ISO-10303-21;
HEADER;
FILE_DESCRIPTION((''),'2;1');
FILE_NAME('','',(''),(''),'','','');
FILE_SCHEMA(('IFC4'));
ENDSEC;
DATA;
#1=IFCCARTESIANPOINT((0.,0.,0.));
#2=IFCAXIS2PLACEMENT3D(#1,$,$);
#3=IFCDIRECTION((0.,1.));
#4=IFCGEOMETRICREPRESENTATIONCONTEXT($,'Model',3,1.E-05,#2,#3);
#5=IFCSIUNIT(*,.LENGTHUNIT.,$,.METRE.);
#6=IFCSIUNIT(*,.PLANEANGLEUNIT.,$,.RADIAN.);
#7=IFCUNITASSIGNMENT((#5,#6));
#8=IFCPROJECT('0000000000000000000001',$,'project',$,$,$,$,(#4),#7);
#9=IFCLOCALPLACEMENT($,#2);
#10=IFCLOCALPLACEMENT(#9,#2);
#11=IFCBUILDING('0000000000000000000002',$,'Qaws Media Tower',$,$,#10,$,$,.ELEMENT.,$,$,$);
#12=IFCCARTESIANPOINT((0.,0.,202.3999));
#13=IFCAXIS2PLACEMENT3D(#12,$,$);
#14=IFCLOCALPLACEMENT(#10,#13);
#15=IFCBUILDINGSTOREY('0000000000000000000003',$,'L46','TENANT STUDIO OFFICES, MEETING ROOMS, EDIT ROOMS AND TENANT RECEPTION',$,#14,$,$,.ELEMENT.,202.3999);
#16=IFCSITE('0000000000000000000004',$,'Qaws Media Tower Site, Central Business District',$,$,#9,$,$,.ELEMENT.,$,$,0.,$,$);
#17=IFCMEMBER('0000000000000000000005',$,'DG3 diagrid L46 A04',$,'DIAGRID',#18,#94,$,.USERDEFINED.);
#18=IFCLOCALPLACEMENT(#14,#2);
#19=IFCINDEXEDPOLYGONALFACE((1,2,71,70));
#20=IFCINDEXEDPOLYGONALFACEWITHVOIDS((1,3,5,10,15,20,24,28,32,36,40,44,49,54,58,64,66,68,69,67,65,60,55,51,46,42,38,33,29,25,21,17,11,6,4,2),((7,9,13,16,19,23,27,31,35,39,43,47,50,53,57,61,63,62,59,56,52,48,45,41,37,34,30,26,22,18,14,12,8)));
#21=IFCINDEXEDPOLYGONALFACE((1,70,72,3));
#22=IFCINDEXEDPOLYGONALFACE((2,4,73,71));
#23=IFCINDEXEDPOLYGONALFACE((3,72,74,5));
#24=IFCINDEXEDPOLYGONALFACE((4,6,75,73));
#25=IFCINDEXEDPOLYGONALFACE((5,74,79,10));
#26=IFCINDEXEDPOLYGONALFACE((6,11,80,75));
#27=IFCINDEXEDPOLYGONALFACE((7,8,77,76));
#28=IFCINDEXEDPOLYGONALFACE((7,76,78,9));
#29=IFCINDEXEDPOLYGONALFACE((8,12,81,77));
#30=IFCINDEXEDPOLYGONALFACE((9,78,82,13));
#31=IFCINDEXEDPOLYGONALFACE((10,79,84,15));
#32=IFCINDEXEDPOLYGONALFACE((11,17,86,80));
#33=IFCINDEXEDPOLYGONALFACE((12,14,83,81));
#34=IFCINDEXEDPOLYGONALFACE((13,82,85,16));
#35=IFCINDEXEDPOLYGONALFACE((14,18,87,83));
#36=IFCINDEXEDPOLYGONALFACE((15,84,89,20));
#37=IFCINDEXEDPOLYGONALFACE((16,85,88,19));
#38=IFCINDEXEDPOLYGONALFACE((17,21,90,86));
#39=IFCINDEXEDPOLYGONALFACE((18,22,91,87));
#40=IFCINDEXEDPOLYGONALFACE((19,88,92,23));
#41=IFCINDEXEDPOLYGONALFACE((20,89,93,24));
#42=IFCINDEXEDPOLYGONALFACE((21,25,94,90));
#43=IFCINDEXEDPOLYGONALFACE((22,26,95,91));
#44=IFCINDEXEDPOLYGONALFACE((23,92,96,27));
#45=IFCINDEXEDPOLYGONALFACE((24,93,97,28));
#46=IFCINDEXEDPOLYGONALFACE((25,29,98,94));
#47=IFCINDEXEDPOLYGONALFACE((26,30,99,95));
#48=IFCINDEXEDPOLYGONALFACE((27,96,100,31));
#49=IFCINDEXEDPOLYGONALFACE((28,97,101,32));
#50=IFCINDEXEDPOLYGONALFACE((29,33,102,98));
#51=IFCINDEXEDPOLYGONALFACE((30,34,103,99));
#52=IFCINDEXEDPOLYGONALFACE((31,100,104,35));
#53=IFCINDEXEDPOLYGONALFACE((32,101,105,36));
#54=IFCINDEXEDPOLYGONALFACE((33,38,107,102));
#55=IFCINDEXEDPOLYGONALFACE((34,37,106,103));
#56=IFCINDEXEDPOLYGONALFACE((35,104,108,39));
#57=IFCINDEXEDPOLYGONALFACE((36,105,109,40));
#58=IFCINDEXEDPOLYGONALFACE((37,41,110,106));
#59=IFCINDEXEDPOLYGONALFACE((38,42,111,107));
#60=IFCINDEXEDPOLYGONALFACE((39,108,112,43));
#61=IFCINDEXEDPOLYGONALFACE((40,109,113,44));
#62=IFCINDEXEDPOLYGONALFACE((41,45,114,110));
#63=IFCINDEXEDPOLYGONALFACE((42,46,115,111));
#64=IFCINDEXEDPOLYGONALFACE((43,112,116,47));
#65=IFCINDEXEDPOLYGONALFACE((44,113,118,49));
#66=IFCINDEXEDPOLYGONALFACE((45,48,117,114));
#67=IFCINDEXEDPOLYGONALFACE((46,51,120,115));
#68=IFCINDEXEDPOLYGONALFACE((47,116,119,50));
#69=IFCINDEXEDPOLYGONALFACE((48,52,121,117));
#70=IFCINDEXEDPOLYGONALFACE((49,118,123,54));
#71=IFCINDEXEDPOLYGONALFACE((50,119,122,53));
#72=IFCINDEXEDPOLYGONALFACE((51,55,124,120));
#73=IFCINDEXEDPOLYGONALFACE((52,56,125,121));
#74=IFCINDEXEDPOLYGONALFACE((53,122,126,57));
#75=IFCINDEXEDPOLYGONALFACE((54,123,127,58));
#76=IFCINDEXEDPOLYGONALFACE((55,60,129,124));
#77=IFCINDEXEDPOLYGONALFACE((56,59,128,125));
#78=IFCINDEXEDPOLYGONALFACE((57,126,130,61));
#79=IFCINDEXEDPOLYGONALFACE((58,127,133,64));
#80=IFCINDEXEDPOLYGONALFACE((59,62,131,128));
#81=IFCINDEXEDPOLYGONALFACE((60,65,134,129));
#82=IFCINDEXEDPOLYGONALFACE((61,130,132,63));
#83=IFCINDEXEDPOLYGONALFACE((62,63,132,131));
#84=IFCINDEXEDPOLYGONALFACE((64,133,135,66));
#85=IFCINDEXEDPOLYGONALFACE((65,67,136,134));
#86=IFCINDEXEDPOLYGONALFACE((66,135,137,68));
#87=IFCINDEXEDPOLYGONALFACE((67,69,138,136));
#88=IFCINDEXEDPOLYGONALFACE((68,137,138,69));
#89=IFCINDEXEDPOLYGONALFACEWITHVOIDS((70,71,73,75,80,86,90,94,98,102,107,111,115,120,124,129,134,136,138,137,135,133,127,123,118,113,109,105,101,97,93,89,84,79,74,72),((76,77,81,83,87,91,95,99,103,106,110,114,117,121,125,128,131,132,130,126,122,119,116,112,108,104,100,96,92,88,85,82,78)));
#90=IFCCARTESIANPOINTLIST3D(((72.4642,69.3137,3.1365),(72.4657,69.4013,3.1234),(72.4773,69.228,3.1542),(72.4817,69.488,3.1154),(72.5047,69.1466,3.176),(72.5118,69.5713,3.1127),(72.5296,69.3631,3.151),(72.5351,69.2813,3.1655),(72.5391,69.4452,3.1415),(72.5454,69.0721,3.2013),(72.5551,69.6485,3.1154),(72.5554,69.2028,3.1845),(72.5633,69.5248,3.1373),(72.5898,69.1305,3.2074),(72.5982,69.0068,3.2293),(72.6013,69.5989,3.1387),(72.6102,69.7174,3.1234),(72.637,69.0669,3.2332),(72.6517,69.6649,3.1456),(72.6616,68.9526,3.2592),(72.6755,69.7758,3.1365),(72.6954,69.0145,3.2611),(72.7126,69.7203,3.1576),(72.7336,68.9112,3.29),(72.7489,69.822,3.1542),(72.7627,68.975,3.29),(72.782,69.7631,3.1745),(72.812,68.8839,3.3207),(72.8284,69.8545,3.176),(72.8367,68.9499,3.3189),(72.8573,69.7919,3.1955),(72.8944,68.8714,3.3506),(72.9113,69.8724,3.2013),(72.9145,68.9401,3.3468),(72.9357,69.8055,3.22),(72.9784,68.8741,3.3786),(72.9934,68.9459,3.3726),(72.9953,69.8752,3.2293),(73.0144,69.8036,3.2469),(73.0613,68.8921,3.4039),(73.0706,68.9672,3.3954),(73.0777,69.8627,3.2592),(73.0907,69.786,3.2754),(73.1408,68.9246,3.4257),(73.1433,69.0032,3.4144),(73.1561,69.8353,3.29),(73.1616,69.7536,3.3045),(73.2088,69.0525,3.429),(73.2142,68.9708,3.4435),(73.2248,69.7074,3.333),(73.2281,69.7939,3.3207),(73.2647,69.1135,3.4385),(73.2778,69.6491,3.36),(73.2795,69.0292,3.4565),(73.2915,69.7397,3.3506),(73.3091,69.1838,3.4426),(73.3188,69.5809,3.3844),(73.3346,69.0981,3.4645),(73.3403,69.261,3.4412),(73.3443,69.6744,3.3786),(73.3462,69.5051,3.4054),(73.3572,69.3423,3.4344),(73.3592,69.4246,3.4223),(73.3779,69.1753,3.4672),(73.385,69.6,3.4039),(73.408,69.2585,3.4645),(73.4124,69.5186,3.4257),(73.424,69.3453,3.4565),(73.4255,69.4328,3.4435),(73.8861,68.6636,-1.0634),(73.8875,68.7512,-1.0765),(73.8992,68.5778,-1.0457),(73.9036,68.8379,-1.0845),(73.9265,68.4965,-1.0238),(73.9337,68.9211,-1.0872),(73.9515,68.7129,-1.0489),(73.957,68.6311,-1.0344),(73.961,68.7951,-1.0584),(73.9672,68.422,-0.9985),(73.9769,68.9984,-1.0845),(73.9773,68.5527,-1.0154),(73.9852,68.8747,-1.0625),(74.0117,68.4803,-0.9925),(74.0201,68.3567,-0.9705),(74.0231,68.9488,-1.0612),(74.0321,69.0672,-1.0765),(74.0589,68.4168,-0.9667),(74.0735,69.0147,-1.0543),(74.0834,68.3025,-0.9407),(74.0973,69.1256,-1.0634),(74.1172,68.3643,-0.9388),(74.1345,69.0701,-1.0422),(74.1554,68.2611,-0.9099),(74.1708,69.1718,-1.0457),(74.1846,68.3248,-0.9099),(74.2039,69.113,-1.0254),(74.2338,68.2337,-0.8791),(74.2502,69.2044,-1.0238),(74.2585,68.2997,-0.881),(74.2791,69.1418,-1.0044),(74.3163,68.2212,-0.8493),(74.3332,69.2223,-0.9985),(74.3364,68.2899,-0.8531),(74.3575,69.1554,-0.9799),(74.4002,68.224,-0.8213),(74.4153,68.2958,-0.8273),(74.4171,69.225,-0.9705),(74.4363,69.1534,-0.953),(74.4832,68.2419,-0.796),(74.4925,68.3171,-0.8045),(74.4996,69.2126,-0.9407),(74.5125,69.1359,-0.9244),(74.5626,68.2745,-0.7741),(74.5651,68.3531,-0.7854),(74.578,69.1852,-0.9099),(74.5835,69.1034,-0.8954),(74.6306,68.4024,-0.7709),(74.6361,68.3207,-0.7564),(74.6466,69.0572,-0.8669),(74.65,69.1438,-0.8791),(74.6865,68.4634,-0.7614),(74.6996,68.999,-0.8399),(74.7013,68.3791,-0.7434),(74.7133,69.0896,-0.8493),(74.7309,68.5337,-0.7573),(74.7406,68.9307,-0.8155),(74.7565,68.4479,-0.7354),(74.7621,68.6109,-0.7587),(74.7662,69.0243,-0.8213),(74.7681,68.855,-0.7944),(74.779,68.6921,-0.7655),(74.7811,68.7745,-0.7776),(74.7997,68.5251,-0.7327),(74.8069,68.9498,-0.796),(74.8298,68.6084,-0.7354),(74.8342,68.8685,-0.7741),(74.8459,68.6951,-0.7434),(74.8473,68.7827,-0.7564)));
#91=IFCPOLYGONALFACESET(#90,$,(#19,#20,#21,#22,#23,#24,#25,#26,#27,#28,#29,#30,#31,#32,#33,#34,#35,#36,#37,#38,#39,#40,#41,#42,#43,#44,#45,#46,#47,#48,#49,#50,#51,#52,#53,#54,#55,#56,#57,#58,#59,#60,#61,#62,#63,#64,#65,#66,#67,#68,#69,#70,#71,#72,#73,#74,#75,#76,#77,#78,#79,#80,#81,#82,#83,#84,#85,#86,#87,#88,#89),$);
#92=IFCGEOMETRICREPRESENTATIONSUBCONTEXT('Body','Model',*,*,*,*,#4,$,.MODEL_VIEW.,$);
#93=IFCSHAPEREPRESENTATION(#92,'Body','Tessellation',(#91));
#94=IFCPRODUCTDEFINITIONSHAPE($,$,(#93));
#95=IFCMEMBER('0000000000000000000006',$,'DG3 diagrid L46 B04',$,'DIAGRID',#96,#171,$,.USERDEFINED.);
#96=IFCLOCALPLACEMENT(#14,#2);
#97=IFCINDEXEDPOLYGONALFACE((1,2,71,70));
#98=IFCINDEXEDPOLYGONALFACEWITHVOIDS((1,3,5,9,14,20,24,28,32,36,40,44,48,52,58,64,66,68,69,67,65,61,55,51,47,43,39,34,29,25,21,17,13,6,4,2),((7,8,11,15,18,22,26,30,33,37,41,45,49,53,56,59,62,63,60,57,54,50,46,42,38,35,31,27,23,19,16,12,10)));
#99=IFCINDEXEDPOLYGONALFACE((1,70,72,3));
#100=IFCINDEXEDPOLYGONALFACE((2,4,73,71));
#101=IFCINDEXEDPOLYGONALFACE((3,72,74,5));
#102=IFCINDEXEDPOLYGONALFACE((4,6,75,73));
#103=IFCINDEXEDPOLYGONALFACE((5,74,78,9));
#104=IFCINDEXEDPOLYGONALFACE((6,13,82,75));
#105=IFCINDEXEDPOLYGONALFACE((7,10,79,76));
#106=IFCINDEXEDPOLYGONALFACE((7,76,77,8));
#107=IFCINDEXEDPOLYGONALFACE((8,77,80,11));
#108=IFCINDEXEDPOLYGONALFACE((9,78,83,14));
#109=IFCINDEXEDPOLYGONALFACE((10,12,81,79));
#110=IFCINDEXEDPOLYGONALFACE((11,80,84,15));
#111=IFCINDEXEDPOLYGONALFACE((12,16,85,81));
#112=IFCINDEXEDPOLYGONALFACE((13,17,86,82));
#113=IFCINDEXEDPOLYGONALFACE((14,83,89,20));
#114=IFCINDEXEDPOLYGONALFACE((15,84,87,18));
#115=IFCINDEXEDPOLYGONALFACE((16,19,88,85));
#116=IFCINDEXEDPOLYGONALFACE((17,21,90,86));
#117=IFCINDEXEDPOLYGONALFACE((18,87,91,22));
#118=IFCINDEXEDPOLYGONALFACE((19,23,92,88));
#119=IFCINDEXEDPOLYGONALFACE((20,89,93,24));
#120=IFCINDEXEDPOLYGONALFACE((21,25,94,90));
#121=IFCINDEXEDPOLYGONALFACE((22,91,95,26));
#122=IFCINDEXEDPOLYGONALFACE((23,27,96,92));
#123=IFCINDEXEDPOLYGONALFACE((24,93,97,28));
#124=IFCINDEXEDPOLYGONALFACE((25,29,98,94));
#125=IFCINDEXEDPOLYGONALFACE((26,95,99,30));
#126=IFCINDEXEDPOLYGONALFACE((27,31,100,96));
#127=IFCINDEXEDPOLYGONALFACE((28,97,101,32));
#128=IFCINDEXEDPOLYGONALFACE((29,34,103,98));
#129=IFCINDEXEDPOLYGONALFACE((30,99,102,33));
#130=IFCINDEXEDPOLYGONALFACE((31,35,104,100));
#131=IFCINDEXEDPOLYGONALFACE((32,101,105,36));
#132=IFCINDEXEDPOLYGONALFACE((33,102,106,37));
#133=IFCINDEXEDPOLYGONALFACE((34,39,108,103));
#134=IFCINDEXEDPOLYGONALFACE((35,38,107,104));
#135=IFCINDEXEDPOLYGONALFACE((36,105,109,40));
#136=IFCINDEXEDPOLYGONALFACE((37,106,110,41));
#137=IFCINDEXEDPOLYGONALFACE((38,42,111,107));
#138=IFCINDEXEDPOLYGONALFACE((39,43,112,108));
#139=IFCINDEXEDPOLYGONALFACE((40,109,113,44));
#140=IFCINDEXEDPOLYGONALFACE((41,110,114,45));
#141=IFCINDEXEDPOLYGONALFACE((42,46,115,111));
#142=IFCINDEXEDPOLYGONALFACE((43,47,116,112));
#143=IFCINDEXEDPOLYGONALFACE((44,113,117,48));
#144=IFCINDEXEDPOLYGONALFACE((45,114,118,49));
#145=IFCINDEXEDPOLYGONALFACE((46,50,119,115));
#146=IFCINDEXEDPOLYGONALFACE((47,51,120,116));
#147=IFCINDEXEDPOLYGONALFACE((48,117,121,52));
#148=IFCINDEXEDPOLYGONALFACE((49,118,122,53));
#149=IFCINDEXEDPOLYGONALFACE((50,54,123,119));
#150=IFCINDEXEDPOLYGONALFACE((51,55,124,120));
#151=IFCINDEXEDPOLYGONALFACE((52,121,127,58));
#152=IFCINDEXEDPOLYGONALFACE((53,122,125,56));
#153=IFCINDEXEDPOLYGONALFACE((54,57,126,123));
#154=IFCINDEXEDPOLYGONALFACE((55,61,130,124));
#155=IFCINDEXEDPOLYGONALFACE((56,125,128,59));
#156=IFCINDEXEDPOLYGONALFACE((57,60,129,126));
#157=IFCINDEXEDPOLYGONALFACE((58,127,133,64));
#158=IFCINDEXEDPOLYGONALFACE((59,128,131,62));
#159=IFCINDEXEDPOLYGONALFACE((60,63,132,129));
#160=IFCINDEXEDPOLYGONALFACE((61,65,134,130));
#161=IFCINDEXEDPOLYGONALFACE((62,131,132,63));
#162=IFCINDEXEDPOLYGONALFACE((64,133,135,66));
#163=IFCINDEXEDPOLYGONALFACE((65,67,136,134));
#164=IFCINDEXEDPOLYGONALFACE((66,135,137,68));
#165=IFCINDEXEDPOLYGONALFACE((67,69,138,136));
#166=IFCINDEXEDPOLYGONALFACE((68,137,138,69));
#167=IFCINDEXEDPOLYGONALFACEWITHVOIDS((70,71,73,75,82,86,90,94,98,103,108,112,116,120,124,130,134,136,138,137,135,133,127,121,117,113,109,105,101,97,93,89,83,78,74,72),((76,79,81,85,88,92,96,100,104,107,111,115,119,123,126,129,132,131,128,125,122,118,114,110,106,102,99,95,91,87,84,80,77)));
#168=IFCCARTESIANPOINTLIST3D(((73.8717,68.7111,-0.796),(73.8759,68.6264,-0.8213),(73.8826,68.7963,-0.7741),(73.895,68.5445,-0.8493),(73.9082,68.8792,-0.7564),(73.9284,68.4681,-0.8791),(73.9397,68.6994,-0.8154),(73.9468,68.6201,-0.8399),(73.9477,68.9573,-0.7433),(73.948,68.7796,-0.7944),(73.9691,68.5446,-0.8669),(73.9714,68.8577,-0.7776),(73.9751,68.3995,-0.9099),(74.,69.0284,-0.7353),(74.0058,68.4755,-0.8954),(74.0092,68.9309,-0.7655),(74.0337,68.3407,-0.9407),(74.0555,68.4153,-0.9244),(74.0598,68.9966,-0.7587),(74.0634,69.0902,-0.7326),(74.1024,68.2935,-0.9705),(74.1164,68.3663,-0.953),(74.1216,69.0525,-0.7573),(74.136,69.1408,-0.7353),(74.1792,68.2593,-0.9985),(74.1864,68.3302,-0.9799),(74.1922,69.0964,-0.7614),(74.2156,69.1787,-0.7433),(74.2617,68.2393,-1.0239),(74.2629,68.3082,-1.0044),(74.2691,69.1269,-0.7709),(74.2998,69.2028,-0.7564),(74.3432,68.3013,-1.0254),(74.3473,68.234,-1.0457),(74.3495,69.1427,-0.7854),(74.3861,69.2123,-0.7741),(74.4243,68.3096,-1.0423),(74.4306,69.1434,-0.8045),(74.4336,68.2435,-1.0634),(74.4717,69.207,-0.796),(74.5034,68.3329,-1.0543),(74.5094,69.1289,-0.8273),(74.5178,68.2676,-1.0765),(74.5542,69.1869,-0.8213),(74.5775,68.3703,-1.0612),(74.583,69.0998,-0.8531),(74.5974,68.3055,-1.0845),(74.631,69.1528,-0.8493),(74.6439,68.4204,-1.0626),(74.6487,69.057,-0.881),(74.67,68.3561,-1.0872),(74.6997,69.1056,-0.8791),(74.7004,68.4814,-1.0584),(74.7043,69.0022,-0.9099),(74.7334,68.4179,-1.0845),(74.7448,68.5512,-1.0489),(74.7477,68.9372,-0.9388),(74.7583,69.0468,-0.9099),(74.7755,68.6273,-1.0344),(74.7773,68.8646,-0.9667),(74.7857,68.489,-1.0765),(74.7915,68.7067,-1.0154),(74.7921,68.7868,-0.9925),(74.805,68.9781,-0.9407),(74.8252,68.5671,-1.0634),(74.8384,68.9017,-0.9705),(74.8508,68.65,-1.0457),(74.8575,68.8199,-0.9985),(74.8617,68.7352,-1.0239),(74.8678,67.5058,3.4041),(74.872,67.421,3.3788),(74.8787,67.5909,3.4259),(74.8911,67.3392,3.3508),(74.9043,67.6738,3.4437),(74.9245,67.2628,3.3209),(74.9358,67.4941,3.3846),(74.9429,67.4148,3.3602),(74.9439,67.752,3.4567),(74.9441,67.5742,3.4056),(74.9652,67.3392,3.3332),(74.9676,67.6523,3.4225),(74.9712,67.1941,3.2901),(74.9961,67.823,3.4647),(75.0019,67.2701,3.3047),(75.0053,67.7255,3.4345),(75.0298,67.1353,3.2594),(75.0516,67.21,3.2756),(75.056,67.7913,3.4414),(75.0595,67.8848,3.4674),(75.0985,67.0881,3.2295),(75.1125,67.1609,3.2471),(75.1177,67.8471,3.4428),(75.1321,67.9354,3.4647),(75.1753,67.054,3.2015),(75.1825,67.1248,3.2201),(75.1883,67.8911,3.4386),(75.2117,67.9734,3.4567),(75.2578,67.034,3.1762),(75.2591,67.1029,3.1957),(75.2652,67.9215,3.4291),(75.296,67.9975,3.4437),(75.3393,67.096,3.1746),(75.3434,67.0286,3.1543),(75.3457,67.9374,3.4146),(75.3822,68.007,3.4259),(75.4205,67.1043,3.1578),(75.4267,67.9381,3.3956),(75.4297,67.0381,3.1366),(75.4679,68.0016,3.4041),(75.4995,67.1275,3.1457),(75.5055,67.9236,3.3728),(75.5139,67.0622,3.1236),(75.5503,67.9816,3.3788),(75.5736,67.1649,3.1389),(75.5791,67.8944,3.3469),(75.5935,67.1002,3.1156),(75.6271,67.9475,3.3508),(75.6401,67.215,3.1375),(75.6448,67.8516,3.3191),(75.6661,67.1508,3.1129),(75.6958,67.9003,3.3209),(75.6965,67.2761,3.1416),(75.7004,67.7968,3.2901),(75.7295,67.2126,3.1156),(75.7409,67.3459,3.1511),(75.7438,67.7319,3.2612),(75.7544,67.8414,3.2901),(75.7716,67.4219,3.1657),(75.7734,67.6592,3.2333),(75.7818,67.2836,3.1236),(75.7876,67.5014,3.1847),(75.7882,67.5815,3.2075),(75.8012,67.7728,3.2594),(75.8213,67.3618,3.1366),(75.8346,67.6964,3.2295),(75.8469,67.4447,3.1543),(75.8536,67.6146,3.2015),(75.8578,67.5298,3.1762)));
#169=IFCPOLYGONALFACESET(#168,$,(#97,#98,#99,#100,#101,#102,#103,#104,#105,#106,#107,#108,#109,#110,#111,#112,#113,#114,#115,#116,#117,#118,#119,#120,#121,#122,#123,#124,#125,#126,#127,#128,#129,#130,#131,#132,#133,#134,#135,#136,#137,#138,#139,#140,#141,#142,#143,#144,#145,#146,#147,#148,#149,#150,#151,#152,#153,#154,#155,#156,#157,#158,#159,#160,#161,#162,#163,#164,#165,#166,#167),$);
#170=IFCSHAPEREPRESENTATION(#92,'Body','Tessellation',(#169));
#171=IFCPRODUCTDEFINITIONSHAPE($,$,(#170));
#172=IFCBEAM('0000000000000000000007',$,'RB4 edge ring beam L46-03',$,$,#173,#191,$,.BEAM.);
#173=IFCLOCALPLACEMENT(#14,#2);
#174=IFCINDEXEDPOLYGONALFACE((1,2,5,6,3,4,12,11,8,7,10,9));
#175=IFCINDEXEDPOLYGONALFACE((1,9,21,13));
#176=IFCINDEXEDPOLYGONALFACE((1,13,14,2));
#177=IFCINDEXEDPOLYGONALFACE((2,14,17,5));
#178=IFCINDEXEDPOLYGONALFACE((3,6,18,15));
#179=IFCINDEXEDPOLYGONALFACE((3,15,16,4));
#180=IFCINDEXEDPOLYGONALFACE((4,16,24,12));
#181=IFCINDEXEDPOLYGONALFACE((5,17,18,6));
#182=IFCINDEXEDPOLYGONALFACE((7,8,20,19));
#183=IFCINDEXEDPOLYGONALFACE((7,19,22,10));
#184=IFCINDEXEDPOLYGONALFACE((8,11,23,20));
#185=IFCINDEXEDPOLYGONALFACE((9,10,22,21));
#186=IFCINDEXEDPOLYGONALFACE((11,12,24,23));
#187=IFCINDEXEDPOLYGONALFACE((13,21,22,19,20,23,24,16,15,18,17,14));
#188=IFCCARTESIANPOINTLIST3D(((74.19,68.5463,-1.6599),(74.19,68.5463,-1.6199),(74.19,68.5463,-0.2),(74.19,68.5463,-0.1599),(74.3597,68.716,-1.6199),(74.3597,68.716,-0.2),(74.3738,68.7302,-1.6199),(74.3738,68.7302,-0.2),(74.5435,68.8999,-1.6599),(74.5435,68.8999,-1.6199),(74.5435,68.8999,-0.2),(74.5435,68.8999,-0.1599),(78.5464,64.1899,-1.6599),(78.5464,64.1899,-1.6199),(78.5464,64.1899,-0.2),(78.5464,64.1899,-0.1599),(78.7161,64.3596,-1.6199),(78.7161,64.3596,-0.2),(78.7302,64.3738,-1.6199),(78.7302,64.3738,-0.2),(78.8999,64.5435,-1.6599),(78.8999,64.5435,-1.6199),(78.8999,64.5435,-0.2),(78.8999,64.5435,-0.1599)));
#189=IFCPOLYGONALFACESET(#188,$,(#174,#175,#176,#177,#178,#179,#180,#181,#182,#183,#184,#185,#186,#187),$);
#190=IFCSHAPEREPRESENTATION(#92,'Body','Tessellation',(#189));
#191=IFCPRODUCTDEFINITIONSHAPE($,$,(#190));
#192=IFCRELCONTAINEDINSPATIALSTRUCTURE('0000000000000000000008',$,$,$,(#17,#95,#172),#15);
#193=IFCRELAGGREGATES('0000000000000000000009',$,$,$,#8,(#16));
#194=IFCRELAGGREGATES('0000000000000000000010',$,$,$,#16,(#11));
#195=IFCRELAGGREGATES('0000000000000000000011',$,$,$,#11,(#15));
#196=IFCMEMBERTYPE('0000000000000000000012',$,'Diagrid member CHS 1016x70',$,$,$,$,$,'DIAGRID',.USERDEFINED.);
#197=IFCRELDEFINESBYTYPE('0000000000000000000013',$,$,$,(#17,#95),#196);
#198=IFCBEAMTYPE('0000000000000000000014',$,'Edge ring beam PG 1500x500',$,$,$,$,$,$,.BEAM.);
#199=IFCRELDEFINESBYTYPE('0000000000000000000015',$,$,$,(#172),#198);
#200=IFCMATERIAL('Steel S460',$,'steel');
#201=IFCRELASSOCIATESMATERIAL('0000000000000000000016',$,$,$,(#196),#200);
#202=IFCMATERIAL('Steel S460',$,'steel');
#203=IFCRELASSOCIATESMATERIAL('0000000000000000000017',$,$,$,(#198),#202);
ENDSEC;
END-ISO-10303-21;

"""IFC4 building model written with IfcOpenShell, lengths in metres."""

from ifc_helpers import new_model, si_unit, direction, frame, origin, origin_2d, place, context, subcontext, project, spatial, hollow_circle, i_section, extrude, material, material_profile, profile_set, type_object, element, save


model = new_model("IFC4")

# Units and contexts
model_context = context("Model", 3, precision=1e-05, world=origin(), true_north=direction((0.0, 1.0)))
body_context = subcontext(model_context, "Body", "Model", "MODEL_VIEW")
ifc_project = project(units=[si_unit("LENGTHUNIT", "METRE"), si_unit("PLANEANGLEUNIT", "RADIAN")], contexts=[model_context])

# Site, building, storey
site_placement = place(None, origin())
site = spatial("IfcSite", under=ifc_project, at=site_placement, Name="Qaws Media Tower Site, Central Business District", CompositionType="ELEMENT", RefElevation=0.0)
building_placement = place(site_placement, origin())
building = spatial("IfcBuilding", under=site, at=building_placement, Name="Qaws Media Tower", CompositionType="ELEMENT")
storey_placement = place(building_placement, frame((0.0, 0.0, 202.3999)))
storey = spatial("IfcBuildingStorey", under=building, at=storey_placement, Name="L46", Description="TENANT STUDIO OFFICES, MEETING ROOMS, EDIT ROOMS AND TENANT RECEPTION", CompositionType="ELEMENT", Elevation=202.3999)

# Members
ifc_material_1 = material(Name="Steel S460", Category="steel")
ifc_material_profile_1 = material_profile(ifc_material_1, hollow_circle(Radius=0.5081, WallThickness=0.0701, at=origin_2d()), Name="CHS 1016x70")
ifc_profile_set_1 = profile_set([ifc_material_profile_1], Name="Steel S460")
member_type_1 = type_object("IfcMemberType", Name="Diagrid member CHS 1016x70", ElementType="DIAGRID", PredefinedType="USERDEFINED", material=ifc_profile_set_1)
for number, where, z_axis, x_axis, name in (
    (1, (74.3667, 68.7231, -0.9099), (-0.317275, 0.145073, 0.937171), (-0.415837, -0.909439, 0.0), "DG3 diagrid L46 A04"),
):
    element("IfcMember", number, at=place(storey_placement, frame(where, z_axis=z_axis, x_axis=x_axis)), inside=storey, type_object=member_type_1, Name=name, ObjectType="DIAGRID", PredefinedType="USERDEFINED", context=body_context, shape_type="SweptSolid", body=[
        extrude(hollow_circle(Radius=0.5081, WallThickness=0.0701, at=origin_2d()), origin(), (0.0, 0.0, 1.0), 4.4814),
    ])
member_1_placement = place(storey_placement, frame((74.3667, 68.7231, -0.9099), z_axis=(0.222264, -0.26895, 0.937158), x_axis=(0.770838, 0.637031, 0.0)))
element("IfcMember", 2, at=member_1_placement, inside=storey, type_object=member_type_1, Name="DG3 diagrid L46 B04", ObjectType="DIAGRID", PredefinedType="USERDEFINED", context=body_context, shape_type="SweptSolid", body=[
    extrude(hollow_circle(Radius=0.5081, WallThickness=0.0701, at=origin_2d()), origin(), (0.0, 0.0, 1.0), 4.4817),
])

# Beam
ifc_material_2 = material(Name="Steel S460", Category="steel")
ifc_material_profile_2 = material_profile(ifc_material_2, i_section(OverallWidth=0.5, OverallDepth=1.5, WebThickness=0.02, FlangeThickness=0.04, at=origin_2d()), Name="PG 1500x500")
ifc_profile_set_2 = profile_set([ifc_material_profile_2], Name="Steel S460")
beam_type = type_object("IfcBeamType", Name="Edge ring beam PG 1500x500", PredefinedType="BEAM", material=ifc_profile_set_2)
for number, where, z_axis, x_axis, name in (
    (3, (78.7231, 64.3667, -0.9099), (-0.707107, 0.707107, 0.0), (-0.707107, -0.707107, 0.0), "RB4 edge ring beam L46-03"),
):
    element("IfcBeam", number, at=place(storey_placement, frame(where, z_axis=z_axis, x_axis=x_axis)), inside=storey, type_object=beam_type, Name=name, PredefinedType="BEAM", context=body_context, shape_type="SweptSolid", body=[
        extrude(i_section(OverallWidth=0.5, OverallDepth=1.5, WebThickness=0.02, FlangeThickness=0.04, at=origin_2d()), origin(), (0.0, 0.0, 1.0), 6.1609),
    ])

save(model, "model.ifc")
